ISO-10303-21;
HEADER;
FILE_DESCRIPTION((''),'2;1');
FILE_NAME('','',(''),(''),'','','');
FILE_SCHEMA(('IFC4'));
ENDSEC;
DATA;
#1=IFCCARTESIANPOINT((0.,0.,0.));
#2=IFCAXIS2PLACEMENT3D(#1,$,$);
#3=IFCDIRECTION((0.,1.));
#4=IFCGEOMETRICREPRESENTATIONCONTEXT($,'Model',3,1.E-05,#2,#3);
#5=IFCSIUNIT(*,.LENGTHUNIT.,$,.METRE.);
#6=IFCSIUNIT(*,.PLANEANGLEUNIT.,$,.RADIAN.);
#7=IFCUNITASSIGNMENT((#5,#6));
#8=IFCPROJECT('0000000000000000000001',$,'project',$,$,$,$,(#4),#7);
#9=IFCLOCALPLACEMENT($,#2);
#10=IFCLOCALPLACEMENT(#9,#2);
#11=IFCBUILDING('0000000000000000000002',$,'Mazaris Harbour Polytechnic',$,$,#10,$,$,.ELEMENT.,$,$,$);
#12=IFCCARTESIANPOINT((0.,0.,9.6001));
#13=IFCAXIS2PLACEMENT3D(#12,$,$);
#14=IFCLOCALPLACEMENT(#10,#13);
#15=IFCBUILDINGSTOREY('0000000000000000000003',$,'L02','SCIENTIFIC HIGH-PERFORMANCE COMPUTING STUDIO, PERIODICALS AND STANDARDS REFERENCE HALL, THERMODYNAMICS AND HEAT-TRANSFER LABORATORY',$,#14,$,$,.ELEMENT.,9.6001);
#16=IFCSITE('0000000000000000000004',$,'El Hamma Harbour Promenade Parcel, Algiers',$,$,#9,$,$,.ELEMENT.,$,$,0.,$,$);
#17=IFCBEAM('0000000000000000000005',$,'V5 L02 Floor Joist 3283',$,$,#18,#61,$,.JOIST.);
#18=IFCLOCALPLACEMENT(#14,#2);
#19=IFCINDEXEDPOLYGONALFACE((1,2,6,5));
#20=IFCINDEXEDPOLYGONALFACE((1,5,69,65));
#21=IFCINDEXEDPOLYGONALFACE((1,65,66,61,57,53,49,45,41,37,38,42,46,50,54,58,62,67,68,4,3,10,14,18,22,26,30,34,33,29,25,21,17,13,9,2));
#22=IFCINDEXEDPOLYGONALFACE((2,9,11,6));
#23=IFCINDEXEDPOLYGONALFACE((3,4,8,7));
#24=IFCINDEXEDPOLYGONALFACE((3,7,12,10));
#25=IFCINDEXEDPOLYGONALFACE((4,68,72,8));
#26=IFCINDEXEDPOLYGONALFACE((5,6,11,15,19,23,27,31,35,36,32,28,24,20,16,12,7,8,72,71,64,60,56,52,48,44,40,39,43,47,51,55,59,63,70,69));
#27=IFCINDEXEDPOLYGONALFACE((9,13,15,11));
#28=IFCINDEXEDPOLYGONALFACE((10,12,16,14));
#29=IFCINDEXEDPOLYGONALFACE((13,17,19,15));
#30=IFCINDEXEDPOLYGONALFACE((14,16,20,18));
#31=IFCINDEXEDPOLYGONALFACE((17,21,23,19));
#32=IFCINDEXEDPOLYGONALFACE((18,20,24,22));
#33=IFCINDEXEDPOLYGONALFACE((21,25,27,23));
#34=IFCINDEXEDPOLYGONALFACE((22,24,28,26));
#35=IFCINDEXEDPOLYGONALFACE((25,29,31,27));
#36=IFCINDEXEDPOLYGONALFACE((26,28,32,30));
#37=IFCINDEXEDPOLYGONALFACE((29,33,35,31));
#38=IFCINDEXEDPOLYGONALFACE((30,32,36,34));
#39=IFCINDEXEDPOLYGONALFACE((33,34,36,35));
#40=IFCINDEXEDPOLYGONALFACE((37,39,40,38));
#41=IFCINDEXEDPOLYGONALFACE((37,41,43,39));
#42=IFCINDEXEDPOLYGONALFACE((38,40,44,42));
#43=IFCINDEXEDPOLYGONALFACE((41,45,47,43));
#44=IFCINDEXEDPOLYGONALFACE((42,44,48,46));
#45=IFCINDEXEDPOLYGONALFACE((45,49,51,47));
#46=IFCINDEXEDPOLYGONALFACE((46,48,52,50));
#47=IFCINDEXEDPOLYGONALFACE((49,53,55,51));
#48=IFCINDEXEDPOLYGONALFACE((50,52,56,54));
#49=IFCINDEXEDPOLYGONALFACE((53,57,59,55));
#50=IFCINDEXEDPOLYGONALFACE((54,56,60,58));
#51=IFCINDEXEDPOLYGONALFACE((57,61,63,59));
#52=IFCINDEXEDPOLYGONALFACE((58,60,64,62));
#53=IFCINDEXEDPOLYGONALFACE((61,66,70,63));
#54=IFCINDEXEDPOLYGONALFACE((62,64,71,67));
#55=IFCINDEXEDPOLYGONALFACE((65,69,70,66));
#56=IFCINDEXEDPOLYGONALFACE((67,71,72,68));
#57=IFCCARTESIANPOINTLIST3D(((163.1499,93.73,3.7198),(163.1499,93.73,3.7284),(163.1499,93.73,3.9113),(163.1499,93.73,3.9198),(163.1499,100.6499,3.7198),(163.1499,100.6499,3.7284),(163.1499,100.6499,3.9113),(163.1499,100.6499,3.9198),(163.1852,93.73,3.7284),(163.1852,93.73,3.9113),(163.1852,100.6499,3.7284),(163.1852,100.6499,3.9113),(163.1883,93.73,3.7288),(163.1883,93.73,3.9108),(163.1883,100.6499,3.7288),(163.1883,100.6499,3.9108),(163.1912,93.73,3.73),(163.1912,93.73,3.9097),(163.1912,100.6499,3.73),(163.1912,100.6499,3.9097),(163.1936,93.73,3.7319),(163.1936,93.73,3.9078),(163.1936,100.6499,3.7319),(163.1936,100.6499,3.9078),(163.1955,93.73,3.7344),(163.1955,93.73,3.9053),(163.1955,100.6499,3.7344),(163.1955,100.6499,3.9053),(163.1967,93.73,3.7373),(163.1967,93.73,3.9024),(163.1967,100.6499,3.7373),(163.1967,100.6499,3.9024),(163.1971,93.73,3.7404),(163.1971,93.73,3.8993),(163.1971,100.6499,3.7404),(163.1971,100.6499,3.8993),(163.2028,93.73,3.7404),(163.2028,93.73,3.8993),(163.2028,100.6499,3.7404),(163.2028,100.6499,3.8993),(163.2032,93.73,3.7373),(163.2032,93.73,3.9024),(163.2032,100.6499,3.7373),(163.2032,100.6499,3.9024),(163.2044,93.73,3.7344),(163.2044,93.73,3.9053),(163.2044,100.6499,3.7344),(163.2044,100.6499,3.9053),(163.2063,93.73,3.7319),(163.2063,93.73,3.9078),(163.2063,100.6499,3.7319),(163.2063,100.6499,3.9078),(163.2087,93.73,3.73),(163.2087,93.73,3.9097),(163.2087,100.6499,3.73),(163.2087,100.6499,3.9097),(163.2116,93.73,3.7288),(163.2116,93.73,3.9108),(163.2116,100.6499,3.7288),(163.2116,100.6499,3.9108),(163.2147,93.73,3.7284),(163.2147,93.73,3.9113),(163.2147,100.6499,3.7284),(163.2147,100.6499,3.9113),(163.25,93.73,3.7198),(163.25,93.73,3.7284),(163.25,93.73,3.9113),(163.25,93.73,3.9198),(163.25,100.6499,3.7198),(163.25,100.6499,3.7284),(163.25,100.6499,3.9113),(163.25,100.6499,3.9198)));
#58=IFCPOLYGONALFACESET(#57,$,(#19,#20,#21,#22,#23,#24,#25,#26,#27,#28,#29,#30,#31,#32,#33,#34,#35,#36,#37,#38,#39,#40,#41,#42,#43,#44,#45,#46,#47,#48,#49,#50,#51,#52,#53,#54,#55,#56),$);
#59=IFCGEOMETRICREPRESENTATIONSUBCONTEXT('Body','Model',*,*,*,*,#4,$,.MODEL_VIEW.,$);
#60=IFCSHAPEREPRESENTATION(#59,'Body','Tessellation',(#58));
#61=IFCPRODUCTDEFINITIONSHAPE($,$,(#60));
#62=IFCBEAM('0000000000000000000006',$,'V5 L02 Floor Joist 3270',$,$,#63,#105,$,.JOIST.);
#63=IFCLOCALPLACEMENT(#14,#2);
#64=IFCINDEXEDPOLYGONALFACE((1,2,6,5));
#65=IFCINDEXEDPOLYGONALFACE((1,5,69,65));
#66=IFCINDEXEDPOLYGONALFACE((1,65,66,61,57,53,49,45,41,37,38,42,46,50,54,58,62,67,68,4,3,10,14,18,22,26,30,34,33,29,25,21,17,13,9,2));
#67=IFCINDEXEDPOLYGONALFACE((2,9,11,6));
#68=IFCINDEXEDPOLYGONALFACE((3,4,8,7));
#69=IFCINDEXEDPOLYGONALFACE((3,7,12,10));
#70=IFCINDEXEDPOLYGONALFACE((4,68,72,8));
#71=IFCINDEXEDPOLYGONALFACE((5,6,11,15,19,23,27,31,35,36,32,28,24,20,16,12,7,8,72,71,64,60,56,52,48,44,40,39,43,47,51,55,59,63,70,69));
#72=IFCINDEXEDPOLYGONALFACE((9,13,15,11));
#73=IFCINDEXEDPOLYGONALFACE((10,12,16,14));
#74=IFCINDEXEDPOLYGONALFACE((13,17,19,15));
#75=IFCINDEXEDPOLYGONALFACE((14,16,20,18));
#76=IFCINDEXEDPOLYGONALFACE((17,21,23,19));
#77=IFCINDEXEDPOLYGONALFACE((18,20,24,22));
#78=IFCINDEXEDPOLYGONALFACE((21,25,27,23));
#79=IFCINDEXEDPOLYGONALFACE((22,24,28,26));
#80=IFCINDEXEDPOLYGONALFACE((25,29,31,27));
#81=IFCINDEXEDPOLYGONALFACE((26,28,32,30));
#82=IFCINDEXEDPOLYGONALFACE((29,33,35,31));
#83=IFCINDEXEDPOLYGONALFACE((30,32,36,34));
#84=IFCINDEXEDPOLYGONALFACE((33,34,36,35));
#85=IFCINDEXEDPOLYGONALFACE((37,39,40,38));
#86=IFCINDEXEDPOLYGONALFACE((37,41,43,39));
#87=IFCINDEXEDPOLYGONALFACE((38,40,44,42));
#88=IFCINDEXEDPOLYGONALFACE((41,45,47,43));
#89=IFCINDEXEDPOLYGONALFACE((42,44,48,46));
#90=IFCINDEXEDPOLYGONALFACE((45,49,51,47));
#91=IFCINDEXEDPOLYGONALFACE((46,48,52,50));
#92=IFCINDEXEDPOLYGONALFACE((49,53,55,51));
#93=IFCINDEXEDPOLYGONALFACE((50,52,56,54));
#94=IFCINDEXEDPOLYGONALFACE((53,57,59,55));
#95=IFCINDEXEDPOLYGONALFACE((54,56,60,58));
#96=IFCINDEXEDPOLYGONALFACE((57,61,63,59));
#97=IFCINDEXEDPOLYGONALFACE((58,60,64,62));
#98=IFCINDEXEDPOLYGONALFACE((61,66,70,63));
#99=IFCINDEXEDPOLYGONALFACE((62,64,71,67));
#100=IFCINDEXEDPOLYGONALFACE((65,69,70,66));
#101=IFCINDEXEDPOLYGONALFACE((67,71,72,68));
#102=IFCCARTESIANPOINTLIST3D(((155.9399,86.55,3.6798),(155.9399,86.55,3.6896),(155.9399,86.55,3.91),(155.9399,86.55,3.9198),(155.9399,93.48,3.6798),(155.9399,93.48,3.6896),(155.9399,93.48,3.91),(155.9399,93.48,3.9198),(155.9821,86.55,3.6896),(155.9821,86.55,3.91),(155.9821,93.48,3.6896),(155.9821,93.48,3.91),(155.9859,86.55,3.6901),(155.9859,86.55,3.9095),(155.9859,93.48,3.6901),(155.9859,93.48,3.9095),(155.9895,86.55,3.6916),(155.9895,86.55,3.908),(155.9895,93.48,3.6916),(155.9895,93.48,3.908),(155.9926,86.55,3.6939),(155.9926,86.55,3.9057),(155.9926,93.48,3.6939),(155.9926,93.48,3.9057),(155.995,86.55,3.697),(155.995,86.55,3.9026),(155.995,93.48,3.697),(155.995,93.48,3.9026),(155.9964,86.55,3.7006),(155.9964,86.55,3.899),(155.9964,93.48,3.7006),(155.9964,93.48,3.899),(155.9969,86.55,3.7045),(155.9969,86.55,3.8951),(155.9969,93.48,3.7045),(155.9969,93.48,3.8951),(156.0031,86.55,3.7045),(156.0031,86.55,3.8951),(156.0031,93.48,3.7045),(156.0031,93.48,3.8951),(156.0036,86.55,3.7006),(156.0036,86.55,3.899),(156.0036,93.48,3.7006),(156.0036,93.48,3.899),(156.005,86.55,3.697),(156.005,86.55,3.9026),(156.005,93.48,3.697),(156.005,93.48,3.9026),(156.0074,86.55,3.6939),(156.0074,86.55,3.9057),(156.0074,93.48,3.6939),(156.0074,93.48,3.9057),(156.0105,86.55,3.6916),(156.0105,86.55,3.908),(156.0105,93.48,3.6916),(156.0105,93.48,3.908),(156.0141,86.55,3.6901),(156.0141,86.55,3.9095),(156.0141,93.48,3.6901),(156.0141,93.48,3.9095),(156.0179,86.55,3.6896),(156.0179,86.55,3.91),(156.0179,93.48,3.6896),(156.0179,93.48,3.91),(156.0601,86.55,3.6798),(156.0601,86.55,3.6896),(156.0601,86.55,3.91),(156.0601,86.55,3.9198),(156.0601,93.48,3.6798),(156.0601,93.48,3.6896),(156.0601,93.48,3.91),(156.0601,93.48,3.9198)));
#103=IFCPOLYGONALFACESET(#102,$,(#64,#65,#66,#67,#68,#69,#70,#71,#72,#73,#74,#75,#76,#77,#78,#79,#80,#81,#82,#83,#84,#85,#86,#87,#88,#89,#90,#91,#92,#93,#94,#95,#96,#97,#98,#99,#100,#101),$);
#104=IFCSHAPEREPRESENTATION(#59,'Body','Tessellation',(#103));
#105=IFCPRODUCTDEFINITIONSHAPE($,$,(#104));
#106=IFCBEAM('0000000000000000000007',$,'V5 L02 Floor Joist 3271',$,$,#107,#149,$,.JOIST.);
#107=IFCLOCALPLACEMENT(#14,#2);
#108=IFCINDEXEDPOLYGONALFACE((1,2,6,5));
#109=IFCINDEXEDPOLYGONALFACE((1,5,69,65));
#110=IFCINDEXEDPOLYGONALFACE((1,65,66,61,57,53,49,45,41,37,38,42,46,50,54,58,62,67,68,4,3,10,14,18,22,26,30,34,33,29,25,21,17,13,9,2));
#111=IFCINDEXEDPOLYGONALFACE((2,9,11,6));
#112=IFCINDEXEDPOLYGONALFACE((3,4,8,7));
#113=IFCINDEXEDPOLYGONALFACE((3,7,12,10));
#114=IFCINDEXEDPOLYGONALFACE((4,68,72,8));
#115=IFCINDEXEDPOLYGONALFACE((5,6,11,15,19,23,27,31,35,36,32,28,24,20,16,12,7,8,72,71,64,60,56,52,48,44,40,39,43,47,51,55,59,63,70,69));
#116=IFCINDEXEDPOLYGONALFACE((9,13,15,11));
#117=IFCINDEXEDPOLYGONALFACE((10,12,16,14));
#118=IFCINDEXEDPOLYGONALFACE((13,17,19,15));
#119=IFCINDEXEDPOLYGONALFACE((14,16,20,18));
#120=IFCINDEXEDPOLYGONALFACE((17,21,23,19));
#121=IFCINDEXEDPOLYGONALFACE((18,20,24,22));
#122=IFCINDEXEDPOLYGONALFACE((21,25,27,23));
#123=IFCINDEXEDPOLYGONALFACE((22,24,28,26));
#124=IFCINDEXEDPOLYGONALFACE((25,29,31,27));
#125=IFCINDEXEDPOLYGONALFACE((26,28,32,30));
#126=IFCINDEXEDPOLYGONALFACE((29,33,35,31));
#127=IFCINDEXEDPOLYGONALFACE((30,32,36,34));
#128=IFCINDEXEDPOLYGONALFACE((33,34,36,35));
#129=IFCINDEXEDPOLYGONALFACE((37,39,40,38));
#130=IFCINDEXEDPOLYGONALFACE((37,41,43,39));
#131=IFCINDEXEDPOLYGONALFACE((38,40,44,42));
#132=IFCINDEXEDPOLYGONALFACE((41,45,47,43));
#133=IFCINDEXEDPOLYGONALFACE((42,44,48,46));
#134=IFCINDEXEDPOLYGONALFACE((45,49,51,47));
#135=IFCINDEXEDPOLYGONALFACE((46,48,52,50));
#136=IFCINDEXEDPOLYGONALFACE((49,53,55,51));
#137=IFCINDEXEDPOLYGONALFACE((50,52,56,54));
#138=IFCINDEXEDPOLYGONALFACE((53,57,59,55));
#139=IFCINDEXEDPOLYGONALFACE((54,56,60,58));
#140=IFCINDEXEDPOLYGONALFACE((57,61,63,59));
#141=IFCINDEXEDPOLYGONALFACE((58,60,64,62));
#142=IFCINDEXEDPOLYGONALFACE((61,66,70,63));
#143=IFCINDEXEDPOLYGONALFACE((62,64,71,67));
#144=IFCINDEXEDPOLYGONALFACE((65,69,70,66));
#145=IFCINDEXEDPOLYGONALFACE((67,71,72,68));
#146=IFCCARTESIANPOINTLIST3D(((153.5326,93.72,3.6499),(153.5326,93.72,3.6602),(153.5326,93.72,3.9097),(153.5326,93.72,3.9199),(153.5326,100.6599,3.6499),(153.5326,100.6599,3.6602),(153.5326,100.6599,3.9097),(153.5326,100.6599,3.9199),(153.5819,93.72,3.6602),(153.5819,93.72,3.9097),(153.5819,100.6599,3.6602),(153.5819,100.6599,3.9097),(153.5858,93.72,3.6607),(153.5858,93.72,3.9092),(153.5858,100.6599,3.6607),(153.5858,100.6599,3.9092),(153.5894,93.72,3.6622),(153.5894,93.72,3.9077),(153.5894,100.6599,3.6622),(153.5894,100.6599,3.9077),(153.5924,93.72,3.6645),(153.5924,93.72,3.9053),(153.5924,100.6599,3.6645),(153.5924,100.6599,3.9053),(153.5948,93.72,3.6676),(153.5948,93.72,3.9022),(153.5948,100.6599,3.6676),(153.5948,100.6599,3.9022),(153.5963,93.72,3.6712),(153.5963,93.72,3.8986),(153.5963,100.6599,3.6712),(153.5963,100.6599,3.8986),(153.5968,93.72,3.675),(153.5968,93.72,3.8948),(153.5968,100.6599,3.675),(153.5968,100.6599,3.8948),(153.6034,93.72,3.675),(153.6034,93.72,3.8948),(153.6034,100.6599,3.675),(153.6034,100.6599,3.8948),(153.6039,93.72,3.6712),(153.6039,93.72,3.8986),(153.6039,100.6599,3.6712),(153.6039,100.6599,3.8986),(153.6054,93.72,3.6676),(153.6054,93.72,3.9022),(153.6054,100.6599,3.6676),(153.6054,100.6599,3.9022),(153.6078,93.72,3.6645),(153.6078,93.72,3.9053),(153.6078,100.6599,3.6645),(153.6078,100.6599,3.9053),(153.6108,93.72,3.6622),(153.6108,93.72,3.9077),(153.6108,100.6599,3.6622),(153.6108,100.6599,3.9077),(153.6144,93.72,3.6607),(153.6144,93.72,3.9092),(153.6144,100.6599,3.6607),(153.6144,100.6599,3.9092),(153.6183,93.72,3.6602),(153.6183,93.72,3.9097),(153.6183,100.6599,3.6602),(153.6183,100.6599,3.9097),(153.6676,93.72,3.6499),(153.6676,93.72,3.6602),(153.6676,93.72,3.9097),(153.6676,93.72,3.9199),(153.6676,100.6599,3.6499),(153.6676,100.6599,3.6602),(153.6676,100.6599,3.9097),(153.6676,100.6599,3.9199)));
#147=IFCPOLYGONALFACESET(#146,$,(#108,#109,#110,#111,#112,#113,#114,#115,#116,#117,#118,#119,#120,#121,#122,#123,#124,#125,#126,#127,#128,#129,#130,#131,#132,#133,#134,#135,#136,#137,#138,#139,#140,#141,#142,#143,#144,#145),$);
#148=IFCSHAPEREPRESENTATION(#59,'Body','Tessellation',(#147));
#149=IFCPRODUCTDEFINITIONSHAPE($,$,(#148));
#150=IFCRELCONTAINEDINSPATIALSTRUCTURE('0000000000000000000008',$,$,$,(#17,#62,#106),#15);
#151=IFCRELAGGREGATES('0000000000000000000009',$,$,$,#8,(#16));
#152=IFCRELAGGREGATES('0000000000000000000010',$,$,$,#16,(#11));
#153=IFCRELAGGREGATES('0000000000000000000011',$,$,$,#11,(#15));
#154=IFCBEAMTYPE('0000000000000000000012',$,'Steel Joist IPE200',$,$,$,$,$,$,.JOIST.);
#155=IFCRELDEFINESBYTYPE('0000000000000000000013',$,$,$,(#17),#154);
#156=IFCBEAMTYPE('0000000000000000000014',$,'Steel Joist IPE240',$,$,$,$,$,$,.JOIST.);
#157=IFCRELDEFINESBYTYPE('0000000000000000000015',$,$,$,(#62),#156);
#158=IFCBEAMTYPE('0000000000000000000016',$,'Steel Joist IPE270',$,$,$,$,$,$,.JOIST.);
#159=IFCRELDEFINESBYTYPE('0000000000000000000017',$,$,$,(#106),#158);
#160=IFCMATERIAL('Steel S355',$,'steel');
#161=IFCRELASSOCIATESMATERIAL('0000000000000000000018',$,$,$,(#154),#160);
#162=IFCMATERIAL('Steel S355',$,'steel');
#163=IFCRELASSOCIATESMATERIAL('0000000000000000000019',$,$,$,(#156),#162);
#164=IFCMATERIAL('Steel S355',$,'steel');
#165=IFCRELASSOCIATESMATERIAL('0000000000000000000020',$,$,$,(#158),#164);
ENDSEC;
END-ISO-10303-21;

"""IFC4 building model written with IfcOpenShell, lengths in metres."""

from ifc_helpers import new_model, si_unit, direction, frame, origin, origin_2d, place, context, subcontext, project, spatial, i_section, extrude, material, material_profile, profile_set, type_object, element, save


model = new_model("IFC4")

# Units and contexts
model_context = context("Model", 3, precision=1e-05, world=origin(), true_north=direction((0.0, 1.0)))
body_context = subcontext(model_context, "Body", "Model", "MODEL_VIEW")
ifc_project = project(units=[si_unit("LENGTHUNIT", "METRE"), si_unit("PLANEANGLEUNIT", "RADIAN")], contexts=[model_context])

# Site, building, storey
site_placement = place(None, origin())
site = spatial("IfcSite", under=ifc_project, at=site_placement, Name="El Hamma Harbour Promenade Parcel, Algiers", CompositionType="ELEMENT", RefElevation=0.0)
building_placement = place(site_placement, origin())
building = spatial("IfcBuilding", under=site, at=building_placement, Name="Mazaris Harbour Polytechnic", CompositionType="ELEMENT")
storey_placement = place(building_placement, frame((0.0, 0.0, 9.6001)))
storey = spatial("IfcBuildingStorey", under=building, at=storey_placement, Name="L02", Description="SCIENTIFIC HIGH-PERFORMANCE COMPUTING STUDIO, PERIODICALS AND STANDARDS REFERENCE HALL, THERMODYNAMICS AND HEAT-TRANSFER LABORATORY", CompositionType="ELEMENT", Elevation=9.6001)

# Beams
ifc_material_1 = material(Name="Steel S355", Category="steel")
ifc_material_profile_1 = material_profile(ifc_material_1, i_section(OverallWidth=0.1001, OverallDepth=0.2, WebThickness=0.0056, FlangeThickness=0.0085, FilletRadius=0.012, at=origin_2d()), Name="IPE 200")
ifc_profile_set_1 = profile_set([ifc_material_profile_1], Name="Steel S355")
beam_type_1 = type_object("IfcBeamType", Name="Steel Joist IPE200", PredefinedType="JOIST", material=ifc_profile_set_1)
beam_1_placement = place(storey_placement, frame((163.2, 93.73, 3.8198), z_axis=(0.0, 1.0, 0.0), x_axis=(-1.0, 0.0, 0.0)))
element("IfcBeam", 1, at=beam_1_placement, inside=storey, type_object=beam_type_1, Name="V5 L02 Floor Joist 3283", PredefinedType="JOIST", context=body_context, shape_type="SweptSolid", body=[
    extrude(i_section(OverallWidth=0.1001, OverallDepth=0.2, WebThickness=0.0056, FlangeThickness=0.0085, FilletRadius=0.012, at=origin_2d()), origin(), (0.0, 0.0, 1.0), 6.9199),
])
ifc_material_2 = material(Name="Steel S355", Category="steel")
ifc_material_profile_2 = material_profile(ifc_material_2, i_section(OverallWidth=0.1201, OverallDepth=0.24, WebThickness=0.0061, FlangeThickness=0.0098, FilletRadius=0.0149, at=origin_2d()), Name="IPE 240")
ifc_profile_set_2 = profile_set([ifc_material_profile_2], Name="Steel S355")
beam_type_2 = type_object("IfcBeamType", Name="Steel Joist IPE240", PredefinedType="JOIST", material=ifc_profile_set_2)
beam_2_placement = place(storey_placement, frame((156.0, 86.55, 3.7998), z_axis=(0.0, 1.0, 0.0), x_axis=(-1.0, 0.0, 0.0)))
element("IfcBeam", 2, at=beam_2_placement, inside=storey, type_object=beam_type_2, Name="V5 L02 Floor Joist 3270", PredefinedType="JOIST", context=body_context, shape_type="SweptSolid", body=[
    extrude(i_section(OverallWidth=0.1201, OverallDepth=0.24, WebThickness=0.0061, FlangeThickness=0.0098, FilletRadius=0.0149, at=origin_2d()), origin(), (0.0, 0.0, 1.0), 6.9299),
])
ifc_material_3 = material(Name="Steel S355", Category="steel")
ifc_material_profile_3 = material_profile(ifc_material_3, i_section(OverallWidth=0.135, OverallDepth=0.27, WebThickness=0.0066, FlangeThickness=0.0103, FilletRadius=0.0149, at=origin_2d()), Name="IPE 270")
ifc_profile_set_3 = profile_set([ifc_material_profile_3], Name="Steel S355")
beam_type_3 = type_object("IfcBeamType", Name="Steel Joist IPE270", PredefinedType="JOIST", material=ifc_profile_set_3)
beam_3_placement = place(storey_placement, frame((153.6001, 93.72, 3.7849), z_axis=(0.0, 1.0, 0.0), x_axis=(-1.0, 0.0, 0.0)))
element("IfcBeam", 3, at=beam_3_placement, inside=storey, type_object=beam_type_3, Name="V5 L02 Floor Joist 3271", PredefinedType="JOIST", context=body_context, shape_type="SweptSolid", body=[
    extrude(i_section(OverallWidth=0.135, OverallDepth=0.27, WebThickness=0.0066, FlangeThickness=0.0103, FilletRadius=0.0149, at=origin_2d()), origin(), (0.0, 0.0, 1.0), 6.9399),
])

save(model, "model.ifc")
